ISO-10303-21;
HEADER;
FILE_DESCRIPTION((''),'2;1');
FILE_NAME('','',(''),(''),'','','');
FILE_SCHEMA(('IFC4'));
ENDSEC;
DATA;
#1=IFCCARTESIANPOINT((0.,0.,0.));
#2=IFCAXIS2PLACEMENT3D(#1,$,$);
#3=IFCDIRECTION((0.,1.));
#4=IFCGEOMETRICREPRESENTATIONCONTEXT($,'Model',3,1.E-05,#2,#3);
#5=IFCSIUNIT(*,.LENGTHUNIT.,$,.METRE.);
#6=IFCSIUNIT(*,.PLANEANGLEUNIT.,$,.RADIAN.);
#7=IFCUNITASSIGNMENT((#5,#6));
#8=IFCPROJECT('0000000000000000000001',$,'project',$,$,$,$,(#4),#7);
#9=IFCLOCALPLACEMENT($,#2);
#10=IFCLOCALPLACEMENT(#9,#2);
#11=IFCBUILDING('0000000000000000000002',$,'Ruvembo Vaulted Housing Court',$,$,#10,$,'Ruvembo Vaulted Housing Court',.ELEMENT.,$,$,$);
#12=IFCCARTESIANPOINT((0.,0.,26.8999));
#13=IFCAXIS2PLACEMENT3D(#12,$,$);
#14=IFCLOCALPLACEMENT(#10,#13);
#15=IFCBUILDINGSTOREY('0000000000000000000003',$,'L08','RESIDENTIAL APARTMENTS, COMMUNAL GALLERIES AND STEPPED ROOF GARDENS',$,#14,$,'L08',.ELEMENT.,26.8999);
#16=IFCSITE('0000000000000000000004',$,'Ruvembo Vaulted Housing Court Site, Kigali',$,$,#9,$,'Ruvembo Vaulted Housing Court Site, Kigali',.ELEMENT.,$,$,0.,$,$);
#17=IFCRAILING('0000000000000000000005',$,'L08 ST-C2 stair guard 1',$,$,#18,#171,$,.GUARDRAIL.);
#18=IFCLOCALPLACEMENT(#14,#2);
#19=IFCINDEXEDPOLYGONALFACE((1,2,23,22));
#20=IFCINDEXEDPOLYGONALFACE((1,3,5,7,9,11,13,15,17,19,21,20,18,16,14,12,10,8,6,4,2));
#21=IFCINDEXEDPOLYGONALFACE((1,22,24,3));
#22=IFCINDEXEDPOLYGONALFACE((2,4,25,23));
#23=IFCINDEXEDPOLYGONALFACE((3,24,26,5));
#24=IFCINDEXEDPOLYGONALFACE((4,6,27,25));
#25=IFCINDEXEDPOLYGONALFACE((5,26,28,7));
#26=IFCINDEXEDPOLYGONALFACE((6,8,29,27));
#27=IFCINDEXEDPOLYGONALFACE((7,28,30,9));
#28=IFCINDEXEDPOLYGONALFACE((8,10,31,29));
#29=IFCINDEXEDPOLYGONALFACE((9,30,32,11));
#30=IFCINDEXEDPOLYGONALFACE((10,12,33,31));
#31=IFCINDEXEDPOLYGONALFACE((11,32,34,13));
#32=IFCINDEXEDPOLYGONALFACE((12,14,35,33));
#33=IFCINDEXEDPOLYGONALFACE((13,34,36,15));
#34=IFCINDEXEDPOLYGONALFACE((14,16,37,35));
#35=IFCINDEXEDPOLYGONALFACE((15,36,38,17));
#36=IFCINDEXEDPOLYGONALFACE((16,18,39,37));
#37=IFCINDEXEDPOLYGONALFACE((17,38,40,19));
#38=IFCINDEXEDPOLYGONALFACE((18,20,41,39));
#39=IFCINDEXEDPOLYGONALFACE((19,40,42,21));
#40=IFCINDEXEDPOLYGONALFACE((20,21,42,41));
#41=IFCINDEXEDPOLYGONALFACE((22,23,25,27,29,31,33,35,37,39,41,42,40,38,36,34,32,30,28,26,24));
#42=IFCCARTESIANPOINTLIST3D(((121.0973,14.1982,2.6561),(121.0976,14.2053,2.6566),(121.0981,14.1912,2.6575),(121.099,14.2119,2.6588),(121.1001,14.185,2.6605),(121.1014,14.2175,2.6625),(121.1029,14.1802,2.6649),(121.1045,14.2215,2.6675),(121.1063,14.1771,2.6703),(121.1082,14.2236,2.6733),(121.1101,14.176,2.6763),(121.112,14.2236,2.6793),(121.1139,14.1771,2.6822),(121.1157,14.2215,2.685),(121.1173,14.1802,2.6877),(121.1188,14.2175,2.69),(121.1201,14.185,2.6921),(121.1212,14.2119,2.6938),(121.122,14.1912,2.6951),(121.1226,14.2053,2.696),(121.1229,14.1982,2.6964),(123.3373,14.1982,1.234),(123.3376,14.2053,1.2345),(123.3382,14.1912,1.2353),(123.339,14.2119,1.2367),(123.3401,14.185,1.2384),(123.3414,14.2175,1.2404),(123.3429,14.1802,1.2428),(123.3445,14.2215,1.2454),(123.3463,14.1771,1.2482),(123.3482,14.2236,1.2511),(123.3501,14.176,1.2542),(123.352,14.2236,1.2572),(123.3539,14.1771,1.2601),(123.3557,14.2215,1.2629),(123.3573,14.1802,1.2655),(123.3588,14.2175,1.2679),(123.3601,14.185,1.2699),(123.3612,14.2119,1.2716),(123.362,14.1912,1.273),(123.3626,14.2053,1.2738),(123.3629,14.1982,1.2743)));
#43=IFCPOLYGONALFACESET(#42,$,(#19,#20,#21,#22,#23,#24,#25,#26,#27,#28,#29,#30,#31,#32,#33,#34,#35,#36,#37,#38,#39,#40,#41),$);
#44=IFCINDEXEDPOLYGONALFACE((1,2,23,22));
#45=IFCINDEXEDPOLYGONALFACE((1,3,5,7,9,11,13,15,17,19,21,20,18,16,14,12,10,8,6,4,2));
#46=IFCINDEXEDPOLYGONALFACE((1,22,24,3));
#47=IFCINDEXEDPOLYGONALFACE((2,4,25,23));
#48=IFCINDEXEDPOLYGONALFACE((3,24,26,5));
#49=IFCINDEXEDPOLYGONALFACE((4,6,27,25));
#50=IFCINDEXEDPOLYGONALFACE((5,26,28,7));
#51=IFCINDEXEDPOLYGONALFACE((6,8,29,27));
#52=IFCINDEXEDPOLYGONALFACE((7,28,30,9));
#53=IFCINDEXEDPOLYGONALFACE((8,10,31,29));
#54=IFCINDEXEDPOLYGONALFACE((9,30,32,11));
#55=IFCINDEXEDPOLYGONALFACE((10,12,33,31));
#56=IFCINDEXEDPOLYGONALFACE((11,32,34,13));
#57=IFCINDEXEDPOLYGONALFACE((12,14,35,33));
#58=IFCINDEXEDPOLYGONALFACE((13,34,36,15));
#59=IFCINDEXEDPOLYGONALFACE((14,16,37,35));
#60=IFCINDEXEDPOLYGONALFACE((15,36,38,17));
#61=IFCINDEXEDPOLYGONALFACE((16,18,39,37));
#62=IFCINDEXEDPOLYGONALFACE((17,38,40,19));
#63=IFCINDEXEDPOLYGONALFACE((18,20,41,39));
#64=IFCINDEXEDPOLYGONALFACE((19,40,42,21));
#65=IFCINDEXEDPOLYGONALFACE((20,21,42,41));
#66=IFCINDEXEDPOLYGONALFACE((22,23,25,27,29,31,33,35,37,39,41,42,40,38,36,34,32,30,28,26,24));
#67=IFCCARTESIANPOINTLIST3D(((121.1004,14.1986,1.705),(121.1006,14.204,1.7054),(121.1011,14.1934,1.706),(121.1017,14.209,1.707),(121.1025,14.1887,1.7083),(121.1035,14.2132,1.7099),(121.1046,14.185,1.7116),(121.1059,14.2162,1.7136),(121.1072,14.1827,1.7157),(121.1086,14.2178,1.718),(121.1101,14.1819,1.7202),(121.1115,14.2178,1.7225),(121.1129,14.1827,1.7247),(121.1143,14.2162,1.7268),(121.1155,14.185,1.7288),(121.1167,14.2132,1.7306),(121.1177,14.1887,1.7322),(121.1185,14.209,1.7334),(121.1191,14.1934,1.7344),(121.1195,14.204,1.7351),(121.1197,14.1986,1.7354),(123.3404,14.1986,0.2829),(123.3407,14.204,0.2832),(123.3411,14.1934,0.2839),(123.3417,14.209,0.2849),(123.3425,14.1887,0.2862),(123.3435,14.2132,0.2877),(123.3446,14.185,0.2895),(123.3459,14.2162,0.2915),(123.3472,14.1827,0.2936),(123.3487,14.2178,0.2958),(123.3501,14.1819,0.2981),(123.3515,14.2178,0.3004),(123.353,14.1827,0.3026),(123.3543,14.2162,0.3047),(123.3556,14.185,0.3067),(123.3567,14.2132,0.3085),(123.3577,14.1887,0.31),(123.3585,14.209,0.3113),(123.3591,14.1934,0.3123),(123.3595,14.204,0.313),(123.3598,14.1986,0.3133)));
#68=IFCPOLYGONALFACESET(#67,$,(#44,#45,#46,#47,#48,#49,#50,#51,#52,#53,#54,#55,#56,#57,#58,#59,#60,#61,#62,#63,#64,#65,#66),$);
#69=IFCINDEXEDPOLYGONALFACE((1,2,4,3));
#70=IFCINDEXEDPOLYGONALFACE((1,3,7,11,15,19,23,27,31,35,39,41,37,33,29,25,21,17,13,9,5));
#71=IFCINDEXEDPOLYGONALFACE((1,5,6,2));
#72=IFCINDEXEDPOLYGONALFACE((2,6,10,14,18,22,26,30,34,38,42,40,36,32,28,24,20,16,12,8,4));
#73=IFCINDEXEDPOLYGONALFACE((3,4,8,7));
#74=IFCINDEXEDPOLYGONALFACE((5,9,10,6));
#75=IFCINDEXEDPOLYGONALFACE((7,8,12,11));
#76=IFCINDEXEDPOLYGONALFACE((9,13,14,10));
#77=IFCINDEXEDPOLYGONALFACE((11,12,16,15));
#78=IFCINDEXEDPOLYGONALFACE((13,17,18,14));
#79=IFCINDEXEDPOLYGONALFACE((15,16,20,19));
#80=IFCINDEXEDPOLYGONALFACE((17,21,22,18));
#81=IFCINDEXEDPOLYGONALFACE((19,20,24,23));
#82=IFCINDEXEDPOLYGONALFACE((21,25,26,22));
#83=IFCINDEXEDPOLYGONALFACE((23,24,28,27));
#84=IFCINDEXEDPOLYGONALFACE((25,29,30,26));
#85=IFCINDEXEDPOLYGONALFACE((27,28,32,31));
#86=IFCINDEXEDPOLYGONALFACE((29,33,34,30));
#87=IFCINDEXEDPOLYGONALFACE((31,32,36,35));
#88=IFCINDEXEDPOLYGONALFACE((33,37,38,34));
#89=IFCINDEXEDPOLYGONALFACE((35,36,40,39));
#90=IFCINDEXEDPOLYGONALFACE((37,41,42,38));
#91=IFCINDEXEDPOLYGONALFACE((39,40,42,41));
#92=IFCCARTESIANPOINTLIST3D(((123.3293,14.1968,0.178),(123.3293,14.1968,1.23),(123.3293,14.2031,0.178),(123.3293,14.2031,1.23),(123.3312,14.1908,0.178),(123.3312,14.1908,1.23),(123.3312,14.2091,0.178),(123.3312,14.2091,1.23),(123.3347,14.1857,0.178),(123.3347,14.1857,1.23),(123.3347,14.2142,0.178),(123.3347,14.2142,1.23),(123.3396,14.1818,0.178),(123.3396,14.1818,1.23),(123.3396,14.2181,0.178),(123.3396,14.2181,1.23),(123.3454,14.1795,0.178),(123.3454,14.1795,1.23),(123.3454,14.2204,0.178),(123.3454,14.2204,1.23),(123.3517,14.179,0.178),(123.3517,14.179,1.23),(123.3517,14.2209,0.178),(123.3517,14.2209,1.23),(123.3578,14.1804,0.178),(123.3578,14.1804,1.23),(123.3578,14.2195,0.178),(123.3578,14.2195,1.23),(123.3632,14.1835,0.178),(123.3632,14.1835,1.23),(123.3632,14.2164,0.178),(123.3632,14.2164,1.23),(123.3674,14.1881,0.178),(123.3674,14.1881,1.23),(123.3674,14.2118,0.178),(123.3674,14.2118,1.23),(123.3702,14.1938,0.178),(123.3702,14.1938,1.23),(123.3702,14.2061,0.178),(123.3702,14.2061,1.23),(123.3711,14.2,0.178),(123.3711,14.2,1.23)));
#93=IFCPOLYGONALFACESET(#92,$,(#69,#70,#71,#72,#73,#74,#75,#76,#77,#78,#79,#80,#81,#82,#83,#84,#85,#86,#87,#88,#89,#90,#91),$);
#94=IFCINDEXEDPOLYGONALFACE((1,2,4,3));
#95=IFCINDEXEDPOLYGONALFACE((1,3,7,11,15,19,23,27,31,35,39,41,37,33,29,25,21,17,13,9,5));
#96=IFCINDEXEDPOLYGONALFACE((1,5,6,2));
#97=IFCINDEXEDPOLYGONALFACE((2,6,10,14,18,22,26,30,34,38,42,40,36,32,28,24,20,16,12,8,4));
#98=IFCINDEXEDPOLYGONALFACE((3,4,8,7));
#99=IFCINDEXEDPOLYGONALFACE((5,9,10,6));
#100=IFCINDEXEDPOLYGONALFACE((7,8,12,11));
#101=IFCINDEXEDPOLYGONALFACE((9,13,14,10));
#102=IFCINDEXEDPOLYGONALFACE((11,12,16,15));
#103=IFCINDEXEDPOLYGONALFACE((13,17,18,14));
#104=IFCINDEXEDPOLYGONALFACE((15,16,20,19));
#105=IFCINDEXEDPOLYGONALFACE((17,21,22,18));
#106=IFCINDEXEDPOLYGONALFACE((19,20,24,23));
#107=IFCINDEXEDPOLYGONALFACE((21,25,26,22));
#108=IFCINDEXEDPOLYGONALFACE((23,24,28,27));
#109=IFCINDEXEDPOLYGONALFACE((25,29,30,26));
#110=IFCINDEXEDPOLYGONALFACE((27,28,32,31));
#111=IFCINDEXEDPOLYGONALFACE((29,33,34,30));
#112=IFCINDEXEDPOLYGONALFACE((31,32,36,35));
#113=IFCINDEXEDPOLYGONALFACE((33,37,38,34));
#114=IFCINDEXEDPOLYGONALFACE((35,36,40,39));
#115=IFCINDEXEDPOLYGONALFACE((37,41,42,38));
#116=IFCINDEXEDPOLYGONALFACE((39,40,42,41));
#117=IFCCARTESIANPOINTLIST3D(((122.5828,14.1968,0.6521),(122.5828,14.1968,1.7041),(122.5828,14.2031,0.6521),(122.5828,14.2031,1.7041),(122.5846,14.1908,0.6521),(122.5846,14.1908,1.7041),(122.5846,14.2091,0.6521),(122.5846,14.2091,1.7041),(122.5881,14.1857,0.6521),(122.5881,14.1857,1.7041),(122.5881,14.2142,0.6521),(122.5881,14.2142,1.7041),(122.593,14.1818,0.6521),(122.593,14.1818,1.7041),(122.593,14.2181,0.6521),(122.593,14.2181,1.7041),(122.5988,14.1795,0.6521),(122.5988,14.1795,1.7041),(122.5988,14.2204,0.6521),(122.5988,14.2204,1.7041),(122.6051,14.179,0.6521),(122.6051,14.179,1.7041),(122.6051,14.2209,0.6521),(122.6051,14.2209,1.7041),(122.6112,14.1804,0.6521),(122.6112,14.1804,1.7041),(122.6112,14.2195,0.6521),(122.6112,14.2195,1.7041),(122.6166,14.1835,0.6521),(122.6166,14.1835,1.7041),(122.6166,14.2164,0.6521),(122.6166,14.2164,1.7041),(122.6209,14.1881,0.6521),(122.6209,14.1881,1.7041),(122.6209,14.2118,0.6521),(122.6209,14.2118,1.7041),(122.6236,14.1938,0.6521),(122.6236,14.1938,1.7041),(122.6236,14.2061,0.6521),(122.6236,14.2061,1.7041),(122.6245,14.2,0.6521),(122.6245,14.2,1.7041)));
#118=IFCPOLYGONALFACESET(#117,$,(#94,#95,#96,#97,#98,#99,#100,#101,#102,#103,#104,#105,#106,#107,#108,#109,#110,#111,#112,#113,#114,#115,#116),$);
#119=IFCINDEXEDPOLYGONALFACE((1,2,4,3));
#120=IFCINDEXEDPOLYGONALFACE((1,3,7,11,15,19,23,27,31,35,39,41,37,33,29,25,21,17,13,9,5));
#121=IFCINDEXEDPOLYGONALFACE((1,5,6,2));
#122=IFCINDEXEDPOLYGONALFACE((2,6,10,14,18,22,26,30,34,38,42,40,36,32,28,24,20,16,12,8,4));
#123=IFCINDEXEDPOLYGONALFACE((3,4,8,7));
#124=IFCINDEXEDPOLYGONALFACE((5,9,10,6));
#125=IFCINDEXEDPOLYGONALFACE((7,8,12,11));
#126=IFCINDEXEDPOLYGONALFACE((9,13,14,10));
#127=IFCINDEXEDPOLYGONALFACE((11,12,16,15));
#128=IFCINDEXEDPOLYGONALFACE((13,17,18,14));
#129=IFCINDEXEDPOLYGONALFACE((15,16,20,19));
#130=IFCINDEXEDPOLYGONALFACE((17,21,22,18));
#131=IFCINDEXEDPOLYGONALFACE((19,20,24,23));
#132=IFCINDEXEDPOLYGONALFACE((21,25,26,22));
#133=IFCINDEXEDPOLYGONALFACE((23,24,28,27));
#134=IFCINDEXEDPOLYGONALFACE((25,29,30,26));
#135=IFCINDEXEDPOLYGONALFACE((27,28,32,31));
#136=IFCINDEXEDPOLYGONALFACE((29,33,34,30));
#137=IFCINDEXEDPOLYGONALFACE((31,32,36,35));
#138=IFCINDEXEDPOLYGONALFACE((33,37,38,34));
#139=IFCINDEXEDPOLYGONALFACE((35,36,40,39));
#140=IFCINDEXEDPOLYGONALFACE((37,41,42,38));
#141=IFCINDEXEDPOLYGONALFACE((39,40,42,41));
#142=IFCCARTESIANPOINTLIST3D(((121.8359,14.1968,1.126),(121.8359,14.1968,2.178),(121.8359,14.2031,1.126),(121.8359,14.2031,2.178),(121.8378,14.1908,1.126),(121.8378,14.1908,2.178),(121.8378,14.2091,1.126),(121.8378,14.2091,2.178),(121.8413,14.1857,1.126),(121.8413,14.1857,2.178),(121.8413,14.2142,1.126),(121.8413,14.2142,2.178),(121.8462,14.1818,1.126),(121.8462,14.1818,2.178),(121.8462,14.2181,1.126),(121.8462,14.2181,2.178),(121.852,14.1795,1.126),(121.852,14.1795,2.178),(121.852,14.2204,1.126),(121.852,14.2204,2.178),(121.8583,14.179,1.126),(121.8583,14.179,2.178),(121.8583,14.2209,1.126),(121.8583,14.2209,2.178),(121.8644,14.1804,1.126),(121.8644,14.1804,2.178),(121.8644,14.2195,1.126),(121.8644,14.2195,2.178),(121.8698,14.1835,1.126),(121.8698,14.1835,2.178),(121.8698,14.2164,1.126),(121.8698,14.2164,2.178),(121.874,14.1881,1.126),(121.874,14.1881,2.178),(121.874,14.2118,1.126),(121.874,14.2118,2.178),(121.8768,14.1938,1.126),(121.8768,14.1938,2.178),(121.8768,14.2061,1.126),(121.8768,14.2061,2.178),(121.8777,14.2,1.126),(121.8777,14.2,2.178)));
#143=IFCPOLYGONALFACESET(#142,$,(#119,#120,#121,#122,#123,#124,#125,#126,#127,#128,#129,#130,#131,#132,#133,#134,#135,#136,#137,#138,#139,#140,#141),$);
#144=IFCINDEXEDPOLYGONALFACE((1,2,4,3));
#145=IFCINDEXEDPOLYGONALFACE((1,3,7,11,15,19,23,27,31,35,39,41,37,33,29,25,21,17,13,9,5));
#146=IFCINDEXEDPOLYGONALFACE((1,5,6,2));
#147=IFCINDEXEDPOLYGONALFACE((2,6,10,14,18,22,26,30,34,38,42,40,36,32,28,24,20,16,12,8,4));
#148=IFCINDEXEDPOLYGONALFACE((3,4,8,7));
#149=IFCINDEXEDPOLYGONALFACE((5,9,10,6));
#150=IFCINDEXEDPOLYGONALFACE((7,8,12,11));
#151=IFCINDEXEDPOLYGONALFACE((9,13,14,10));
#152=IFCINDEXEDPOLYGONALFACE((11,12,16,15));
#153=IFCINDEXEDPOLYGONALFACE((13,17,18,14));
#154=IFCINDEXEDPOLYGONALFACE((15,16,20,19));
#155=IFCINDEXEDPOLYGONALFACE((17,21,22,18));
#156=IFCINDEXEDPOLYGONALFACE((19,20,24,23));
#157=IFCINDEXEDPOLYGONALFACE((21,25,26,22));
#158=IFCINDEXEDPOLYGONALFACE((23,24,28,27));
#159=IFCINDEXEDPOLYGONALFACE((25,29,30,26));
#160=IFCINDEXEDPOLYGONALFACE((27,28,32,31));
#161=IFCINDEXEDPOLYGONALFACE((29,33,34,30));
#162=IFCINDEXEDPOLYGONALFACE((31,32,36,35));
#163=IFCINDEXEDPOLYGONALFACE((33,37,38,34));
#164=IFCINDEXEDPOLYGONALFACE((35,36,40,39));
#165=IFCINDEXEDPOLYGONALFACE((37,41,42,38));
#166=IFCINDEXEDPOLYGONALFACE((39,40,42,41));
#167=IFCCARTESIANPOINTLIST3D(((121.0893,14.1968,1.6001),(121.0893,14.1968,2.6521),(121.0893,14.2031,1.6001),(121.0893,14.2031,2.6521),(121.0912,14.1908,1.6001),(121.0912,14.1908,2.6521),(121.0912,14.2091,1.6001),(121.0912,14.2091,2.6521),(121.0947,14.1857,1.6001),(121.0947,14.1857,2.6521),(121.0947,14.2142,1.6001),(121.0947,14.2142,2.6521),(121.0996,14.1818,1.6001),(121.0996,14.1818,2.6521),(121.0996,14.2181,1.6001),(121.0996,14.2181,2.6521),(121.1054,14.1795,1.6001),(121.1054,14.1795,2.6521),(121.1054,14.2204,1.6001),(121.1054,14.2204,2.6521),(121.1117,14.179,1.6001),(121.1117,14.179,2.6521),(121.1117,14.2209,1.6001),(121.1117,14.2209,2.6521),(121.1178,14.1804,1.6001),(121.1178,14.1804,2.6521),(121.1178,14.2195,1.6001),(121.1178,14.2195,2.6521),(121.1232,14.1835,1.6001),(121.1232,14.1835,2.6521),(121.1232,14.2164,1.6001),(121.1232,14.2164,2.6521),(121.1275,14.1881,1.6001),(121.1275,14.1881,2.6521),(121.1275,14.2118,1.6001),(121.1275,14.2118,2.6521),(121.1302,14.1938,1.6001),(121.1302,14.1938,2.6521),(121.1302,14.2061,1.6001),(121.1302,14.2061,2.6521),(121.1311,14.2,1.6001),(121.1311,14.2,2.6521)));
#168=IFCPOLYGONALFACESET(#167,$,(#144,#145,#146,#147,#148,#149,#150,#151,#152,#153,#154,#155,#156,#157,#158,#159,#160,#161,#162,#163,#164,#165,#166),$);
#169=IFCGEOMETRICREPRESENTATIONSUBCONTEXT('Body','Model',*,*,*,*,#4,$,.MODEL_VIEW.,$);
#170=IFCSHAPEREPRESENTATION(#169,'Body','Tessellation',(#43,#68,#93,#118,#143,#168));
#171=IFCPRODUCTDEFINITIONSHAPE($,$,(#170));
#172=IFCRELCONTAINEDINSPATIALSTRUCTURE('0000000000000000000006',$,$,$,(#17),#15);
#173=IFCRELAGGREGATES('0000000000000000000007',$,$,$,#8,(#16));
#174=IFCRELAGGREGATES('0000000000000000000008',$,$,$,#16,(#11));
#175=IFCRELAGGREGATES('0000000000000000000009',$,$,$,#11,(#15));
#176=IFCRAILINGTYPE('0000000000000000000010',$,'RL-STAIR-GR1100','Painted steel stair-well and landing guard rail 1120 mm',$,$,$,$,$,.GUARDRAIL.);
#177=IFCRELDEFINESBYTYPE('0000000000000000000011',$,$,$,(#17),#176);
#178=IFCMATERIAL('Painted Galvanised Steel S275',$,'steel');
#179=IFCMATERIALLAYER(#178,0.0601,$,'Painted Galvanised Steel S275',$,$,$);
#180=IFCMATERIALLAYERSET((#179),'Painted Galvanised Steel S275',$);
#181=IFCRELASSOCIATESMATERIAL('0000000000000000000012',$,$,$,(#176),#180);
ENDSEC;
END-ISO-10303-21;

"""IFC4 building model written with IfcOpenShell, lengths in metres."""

from ifc_helpers import new_model, si_unit, direction, frame, origin, origin_2d, place, context, subcontext, project, spatial, circle, extrude, material, layer, layer_set, type_object, element, save


model = new_model("IFC4")

# Units and contexts
model_context = context("Model", 3, precision=1e-05, world=origin(), true_north=direction((0.0, 1.0)))
body_context = subcontext(model_context, "Body", "Model", "MODEL_VIEW")
ifc_project = project(units=[si_unit("LENGTHUNIT", "METRE"), si_unit("PLANEANGLEUNIT", "RADIAN")], contexts=[model_context])

# Site, building, storey
site_placement = place(None, origin())
site = spatial("IfcSite", under=ifc_project, at=site_placement, Name="Ruvembo Vaulted Housing Court Site, Kigali", LongName="Ruvembo Vaulted Housing Court Site, Kigali", CompositionType="ELEMENT", RefElevation=0.0)
building_placement = place(site_placement, origin())
building = spatial("IfcBuilding", under=site, at=building_placement, Name="Ruvembo Vaulted Housing Court", LongName="Ruvembo Vaulted Housing Court", CompositionType="ELEMENT")
storey_placement = place(building_placement, frame((0.0, 0.0, 26.8999)))
storey = spatial("IfcBuildingStorey", under=building, at=storey_placement, Name="L08", Description="RESIDENTIAL APARTMENTS, COMMUNAL GALLERIES AND STEPPED ROOF GARDENS", LongName="L08", CompositionType="ELEMENT", Elevation=26.8999)

# Railing
ifc_material_1 = material(Name="Painted Galvanised Steel S275", Category="steel")
ifc_layer_1 = layer(ifc_material_1, 0.0601, Name="Painted Galvanised Steel S275")
ifc_layer_set_1 = layer_set([ifc_layer_1], Name="Painted Galvanised Steel S275")
railing_type_1 = type_object("IfcRailingType", Name="RL-STAIR-GR1100", Description="Painted steel stair-well and landing guard rail 1120 mm", PredefinedType="GUARDRAIL", material=ifc_layer_set_1)
railing_1_placement = place(storey_placement, frame((123.3501, 14.2, 0.178)))
element("IfcRailing", 1, at=railing_1_placement, inside=storey, type_object=railing_type_1, Name="L08 ST-C2 stair guard 1", PredefinedType="GUARDRAIL", context=body_context, shape_type="SweptSolid", body=[
    extrude(circle(Radius=0.0239, at=origin_2d()), frame((0.0, 0.0, 1.0762), z_axis=(-0.844229, 0.0, 0.535982), x_axis=(0.0, -1.0, 0.0)), (0.0, 0.0, 1.0), 2.6533),
    extrude(circle(Radius=0.0181, at=origin_2d()), frame((0.0, 0.0, 0.1201), z_axis=(-0.844229, 0.0, 0.535982), x_axis=(0.0, -1.0, 0.0)), (0.0, 0.0, 1.0), 2.6533),
    extrude(circle(Radius=0.021, at=origin_2d()), origin(), (0.0, 0.0, 1.0), 1.052),
    extrude(circle(Radius=0.021, at=origin_2d()), frame((-0.7466, 0.0, 0.4741)), (0.0, 0.0, 1.0), 1.052),
    extrude(circle(Radius=0.021, at=origin_2d()), frame((-1.4934, 0.0, 0.948)), (0.0, 0.0, 1.0), 1.052),
    extrude(circle(Radius=0.021, at=origin_2d()), frame((-2.24, 0.0, 1.4221)), (0.0, 0.0, 1.0), 1.052),
])

save(model, "model.ifc")
